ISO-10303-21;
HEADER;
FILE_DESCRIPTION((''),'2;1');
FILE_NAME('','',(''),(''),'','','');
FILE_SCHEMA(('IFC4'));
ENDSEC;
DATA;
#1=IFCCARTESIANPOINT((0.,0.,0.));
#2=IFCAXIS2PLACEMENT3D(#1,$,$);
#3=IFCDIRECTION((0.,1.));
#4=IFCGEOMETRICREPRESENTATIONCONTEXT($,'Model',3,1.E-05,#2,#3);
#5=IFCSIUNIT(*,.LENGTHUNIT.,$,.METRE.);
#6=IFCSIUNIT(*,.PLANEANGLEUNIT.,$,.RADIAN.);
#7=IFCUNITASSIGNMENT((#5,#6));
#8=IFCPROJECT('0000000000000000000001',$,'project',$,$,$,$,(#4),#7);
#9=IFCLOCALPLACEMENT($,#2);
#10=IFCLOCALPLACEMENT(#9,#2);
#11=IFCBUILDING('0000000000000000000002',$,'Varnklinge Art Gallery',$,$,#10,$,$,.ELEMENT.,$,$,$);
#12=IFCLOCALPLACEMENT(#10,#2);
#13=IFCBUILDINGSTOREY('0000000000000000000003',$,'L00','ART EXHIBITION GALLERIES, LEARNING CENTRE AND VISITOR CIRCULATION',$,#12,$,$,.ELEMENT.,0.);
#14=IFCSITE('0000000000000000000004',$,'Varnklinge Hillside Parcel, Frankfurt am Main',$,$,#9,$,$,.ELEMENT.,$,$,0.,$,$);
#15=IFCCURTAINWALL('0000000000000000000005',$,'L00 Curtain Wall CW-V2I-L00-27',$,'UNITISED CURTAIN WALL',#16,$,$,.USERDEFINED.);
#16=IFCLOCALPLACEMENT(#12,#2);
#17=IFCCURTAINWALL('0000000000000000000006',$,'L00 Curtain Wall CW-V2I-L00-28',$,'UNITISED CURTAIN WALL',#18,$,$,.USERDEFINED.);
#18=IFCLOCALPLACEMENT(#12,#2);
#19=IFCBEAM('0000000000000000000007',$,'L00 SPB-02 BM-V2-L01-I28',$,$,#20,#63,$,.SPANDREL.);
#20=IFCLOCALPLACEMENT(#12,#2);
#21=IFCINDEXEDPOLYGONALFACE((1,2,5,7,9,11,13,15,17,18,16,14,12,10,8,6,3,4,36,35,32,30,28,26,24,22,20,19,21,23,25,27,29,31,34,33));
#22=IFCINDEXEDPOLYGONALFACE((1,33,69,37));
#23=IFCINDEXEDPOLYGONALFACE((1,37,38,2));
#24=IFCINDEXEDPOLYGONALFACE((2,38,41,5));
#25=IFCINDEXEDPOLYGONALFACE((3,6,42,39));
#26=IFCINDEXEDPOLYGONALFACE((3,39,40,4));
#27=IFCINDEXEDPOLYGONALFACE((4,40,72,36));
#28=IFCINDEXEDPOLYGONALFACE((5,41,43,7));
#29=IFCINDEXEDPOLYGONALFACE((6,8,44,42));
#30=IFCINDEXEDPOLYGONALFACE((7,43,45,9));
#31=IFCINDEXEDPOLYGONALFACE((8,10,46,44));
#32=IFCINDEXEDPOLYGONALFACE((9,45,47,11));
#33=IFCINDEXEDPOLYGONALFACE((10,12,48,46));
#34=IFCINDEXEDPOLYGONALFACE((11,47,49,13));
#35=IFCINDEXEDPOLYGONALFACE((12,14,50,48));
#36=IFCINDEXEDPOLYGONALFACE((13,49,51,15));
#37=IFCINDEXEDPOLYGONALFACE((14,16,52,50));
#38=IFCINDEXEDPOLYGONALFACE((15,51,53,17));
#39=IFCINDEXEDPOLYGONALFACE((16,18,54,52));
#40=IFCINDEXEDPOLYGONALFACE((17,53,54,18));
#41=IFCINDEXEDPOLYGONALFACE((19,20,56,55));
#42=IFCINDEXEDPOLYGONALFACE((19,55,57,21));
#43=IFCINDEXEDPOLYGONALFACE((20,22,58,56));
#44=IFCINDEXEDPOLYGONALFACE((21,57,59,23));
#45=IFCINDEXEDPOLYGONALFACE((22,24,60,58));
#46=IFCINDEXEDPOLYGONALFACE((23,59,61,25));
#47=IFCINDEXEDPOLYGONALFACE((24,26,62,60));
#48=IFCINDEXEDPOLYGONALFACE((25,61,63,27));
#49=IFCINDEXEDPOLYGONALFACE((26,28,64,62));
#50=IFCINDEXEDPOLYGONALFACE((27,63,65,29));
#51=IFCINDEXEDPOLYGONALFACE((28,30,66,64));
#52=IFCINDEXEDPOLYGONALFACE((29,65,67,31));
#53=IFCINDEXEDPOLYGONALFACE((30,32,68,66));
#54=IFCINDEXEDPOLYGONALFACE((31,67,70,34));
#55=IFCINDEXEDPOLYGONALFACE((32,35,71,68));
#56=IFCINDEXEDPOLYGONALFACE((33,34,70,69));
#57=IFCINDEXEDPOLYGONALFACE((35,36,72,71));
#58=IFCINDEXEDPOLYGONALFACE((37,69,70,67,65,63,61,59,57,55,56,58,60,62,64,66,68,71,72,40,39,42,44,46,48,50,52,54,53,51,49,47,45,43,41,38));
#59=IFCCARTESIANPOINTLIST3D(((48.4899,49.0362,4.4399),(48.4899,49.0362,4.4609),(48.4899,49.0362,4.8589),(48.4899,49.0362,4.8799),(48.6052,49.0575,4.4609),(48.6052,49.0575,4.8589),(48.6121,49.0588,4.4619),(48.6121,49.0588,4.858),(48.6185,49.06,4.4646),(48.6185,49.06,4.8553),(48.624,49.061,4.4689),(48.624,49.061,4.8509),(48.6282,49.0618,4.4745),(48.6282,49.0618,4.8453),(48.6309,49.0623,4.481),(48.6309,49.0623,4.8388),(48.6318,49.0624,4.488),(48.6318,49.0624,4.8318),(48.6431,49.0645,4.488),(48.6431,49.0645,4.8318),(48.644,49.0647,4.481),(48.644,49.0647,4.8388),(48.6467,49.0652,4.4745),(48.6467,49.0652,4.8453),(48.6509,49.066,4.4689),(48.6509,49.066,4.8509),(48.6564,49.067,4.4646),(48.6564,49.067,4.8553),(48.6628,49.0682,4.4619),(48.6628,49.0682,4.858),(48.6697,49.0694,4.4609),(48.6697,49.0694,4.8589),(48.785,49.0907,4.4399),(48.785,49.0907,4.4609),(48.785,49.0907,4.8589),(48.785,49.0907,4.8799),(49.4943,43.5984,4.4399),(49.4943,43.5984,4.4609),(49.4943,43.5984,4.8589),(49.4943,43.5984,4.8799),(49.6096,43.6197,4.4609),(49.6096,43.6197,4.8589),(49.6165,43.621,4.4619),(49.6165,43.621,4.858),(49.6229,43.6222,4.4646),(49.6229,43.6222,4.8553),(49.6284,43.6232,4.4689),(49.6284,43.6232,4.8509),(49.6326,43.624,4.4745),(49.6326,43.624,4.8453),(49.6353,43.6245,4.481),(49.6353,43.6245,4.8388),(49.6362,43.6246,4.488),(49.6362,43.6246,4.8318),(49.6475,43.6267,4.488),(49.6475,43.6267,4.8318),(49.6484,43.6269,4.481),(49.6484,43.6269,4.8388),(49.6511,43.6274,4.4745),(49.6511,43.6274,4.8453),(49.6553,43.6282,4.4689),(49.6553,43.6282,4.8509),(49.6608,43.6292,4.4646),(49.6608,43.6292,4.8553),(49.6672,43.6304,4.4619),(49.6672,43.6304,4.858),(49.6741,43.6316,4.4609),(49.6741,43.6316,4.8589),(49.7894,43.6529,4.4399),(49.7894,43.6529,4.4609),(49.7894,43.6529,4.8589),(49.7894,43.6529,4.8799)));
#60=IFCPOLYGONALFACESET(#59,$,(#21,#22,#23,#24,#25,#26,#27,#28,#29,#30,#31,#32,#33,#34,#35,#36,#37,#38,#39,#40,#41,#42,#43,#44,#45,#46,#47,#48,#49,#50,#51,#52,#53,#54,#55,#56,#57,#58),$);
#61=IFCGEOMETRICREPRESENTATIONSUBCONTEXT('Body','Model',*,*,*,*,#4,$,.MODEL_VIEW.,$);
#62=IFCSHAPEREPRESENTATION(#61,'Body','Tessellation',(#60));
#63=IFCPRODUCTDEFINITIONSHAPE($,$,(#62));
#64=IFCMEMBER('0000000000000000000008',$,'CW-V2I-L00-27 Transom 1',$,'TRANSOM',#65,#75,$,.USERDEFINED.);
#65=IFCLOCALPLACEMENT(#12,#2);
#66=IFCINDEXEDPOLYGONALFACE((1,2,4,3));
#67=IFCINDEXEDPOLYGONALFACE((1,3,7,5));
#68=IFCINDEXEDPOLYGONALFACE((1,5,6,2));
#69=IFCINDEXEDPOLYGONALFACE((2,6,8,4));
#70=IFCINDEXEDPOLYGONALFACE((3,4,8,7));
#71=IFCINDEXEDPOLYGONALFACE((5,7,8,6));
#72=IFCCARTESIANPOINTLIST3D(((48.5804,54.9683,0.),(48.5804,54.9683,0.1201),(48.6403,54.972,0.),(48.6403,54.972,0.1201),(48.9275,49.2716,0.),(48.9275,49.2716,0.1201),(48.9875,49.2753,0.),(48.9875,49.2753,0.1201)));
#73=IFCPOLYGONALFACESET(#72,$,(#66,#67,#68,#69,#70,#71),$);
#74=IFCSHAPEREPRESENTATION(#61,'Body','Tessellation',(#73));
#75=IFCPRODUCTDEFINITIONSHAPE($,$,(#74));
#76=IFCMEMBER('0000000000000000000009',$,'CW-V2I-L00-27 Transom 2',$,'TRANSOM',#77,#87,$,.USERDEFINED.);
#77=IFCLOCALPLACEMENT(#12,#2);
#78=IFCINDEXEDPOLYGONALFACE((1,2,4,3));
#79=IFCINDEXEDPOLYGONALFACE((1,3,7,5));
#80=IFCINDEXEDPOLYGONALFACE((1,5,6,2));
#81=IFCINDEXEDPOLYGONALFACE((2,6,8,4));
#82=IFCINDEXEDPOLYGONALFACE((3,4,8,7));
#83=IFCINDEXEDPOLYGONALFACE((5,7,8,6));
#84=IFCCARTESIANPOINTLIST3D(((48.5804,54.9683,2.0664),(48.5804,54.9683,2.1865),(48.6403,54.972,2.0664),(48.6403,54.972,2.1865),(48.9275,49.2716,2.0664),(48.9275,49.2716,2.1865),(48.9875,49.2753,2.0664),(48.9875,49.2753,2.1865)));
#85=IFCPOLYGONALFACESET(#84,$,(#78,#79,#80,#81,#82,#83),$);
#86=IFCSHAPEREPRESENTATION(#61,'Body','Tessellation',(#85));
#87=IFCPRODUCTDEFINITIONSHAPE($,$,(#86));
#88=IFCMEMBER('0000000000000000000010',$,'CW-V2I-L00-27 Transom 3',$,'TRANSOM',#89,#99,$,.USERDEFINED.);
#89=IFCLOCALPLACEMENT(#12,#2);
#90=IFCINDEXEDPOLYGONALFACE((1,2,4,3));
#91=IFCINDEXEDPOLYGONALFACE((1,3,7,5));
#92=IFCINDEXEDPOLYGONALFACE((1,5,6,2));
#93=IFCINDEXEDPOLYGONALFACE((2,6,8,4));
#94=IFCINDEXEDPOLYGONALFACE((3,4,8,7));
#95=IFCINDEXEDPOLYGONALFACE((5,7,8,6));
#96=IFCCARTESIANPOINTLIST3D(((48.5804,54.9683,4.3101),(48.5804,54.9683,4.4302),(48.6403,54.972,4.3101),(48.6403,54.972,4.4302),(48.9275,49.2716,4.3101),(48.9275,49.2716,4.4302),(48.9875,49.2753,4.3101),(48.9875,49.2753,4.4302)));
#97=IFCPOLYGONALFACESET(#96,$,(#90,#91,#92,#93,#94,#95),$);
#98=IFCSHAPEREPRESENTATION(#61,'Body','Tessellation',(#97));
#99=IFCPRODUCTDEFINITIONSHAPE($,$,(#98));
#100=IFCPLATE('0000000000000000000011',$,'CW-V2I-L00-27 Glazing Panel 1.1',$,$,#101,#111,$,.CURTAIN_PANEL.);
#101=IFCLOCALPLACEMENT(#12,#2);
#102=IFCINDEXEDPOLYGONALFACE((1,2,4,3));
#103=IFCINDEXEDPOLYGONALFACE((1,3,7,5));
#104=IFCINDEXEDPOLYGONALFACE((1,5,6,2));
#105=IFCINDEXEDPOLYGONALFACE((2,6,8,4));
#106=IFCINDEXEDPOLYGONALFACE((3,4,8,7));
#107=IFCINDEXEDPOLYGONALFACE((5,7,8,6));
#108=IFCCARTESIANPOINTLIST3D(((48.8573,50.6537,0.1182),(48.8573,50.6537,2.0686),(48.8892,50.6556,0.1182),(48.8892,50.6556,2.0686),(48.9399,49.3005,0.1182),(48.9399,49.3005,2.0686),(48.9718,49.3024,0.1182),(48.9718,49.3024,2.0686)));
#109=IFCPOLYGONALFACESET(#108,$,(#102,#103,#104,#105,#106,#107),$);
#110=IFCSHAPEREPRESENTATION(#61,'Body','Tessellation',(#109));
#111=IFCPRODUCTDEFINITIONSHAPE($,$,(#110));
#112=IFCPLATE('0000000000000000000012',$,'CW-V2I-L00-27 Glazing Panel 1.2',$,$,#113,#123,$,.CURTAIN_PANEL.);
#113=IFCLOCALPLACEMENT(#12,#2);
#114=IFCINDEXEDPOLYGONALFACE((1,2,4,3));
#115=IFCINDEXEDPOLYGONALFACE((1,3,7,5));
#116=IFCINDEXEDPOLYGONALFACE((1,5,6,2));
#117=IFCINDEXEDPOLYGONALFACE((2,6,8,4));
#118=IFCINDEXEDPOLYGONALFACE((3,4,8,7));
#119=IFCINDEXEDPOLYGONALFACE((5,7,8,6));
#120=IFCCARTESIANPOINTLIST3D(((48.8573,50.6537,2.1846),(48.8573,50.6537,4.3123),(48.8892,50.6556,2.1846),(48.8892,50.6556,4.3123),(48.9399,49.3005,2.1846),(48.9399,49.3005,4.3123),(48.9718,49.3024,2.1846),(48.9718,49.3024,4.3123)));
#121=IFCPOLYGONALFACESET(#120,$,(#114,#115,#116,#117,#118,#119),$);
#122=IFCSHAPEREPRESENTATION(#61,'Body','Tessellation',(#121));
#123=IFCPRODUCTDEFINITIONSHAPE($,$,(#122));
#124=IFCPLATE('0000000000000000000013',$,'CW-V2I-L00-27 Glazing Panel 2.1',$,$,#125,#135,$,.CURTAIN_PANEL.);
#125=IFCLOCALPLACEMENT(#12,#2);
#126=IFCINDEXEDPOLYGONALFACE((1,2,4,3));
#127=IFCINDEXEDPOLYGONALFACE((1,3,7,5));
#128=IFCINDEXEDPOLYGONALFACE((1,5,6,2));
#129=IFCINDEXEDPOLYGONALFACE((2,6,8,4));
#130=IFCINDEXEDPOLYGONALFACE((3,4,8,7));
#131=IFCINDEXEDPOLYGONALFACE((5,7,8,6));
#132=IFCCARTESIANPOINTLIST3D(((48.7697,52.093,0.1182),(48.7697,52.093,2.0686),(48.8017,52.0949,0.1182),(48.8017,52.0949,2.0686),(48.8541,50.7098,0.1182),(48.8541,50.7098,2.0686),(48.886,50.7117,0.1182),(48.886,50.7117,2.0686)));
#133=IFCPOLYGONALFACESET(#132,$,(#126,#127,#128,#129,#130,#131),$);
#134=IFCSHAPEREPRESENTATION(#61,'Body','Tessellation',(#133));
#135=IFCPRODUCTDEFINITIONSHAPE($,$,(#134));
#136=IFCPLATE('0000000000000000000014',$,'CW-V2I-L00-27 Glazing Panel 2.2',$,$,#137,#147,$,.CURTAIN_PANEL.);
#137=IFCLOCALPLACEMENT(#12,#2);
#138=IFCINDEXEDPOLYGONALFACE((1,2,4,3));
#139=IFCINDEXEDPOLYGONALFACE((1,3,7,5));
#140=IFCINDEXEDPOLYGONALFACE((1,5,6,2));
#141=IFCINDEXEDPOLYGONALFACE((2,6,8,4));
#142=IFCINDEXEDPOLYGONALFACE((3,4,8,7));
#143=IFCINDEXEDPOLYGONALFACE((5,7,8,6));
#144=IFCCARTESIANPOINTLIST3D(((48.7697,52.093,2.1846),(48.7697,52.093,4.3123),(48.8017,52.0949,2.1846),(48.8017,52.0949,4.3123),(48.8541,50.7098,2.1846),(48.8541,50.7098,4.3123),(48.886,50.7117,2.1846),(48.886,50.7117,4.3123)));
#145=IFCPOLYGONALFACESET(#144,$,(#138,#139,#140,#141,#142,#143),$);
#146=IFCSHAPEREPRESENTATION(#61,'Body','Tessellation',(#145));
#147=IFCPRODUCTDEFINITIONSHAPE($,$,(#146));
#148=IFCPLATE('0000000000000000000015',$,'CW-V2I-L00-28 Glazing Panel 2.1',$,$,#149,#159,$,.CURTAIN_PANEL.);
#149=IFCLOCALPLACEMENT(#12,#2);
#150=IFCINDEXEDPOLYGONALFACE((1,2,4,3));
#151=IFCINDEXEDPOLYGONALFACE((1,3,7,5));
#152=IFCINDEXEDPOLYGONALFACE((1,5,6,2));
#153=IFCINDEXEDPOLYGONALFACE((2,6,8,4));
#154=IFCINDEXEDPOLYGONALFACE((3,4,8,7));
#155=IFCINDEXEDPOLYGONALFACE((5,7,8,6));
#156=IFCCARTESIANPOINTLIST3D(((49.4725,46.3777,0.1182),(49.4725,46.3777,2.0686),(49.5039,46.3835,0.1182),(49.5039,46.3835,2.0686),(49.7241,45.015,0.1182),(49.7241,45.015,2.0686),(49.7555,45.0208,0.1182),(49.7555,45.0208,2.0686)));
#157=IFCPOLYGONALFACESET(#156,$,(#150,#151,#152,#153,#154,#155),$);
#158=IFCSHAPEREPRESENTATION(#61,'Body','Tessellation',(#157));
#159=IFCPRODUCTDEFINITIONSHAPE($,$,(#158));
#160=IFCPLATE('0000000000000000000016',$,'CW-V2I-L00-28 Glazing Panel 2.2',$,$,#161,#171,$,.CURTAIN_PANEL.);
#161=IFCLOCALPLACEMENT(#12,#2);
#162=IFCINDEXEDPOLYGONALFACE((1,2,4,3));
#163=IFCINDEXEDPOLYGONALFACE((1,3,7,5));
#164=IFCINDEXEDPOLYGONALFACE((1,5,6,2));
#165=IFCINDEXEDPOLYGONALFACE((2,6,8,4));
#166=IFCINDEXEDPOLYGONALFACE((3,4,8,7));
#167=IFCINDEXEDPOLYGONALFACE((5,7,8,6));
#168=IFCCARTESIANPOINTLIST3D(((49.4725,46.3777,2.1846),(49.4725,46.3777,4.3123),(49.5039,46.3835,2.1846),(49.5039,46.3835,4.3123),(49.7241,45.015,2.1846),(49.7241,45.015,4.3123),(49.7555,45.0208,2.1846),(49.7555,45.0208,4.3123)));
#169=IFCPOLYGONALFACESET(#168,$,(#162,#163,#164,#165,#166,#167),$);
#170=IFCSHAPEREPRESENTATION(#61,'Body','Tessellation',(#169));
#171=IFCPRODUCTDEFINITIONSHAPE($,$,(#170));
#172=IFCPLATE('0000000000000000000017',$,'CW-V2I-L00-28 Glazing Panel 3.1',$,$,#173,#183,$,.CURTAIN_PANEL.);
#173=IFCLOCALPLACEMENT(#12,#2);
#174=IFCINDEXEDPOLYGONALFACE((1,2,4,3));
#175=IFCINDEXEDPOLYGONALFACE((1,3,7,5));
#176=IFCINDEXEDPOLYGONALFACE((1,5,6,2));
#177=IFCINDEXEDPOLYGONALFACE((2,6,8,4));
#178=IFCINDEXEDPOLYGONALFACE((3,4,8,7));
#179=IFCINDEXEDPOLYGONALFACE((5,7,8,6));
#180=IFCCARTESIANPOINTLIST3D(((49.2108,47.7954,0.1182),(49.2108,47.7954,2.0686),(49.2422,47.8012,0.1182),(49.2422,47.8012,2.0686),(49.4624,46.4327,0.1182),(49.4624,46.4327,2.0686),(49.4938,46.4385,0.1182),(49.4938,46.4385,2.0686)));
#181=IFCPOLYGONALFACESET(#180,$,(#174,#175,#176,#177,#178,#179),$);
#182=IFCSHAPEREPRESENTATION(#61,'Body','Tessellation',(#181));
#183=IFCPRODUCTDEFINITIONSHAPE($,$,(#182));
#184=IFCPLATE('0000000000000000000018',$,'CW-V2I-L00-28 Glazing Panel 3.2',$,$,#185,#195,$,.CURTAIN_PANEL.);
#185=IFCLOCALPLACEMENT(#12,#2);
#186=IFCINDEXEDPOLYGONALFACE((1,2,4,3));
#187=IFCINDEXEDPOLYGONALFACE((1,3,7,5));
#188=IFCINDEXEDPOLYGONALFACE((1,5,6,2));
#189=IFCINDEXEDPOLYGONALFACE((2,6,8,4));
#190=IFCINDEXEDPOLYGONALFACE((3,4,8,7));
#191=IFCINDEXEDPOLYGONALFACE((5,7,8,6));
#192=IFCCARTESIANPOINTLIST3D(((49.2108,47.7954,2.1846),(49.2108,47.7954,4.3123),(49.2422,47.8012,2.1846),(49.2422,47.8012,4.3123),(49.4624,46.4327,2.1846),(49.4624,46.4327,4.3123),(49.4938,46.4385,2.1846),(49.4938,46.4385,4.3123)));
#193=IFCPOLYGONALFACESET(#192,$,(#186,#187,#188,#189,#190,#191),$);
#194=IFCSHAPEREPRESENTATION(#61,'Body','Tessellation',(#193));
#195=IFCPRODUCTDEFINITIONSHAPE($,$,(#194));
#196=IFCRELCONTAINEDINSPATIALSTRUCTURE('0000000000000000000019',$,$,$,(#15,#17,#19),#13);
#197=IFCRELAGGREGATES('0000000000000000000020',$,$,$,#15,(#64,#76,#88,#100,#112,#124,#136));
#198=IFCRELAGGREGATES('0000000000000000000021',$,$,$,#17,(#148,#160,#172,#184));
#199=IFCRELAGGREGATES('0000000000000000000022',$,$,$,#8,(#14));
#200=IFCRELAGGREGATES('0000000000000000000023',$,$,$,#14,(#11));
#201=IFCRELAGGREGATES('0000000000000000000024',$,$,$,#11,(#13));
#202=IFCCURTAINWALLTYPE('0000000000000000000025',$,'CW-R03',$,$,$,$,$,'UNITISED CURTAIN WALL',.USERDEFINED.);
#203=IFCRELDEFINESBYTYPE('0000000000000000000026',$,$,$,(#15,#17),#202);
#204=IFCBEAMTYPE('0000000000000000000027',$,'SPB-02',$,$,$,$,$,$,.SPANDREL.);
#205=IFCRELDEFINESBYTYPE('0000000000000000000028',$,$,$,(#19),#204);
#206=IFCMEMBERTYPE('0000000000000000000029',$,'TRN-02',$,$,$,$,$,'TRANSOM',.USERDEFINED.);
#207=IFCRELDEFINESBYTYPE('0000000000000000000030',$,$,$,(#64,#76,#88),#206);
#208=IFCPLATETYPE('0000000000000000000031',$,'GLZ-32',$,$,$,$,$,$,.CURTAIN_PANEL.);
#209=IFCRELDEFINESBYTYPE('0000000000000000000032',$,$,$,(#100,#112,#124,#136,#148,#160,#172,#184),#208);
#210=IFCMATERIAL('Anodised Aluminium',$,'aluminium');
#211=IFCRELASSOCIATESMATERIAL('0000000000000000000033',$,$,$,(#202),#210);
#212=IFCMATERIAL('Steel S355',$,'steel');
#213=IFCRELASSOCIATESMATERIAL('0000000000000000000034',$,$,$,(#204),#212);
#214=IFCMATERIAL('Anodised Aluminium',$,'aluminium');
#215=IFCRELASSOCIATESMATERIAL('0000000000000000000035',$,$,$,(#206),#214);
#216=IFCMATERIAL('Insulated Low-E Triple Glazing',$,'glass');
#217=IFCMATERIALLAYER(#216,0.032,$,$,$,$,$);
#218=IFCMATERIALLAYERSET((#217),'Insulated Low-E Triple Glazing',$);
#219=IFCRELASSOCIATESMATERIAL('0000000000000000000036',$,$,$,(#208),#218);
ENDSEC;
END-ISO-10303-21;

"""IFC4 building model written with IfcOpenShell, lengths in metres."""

from ifc_helpers import new_model, si_unit, direction, frame, origin, origin_2d, place, context, subcontext, project, spatial, rectangle, i_section, extrude, material, layer, layer_set, material_profile, profile_set, type_object, element, aggregate, save


model = new_model("IFC4")

# Units and contexts
model_context = context("Model", 3, precision=1e-05, world=origin(), true_north=direction((0.0, 1.0)))
body_context = subcontext(model_context, "Body", "Model", "MODEL_VIEW")
ifc_project = project(units=[si_unit("LENGTHUNIT", "METRE"), si_unit("PLANEANGLEUNIT", "RADIAN")], contexts=[model_context])

# Site, building, storey
site_placement = place(None, origin())
site = spatial("IfcSite", under=ifc_project, at=site_placement, Name="Varnklinge Hillside Parcel, Frankfurt am Main", CompositionType="ELEMENT", RefElevation=0.0)
building_placement = place(site_placement, origin())
building = spatial("IfcBuilding", under=site, at=building_placement, Name="Varnklinge Art Gallery", CompositionType="ELEMENT")
storey_placement = place(building_placement, origin())
storey = spatial("IfcBuildingStorey", under=building, at=storey_placement, Name="L00", Description="ART EXHIBITION GALLERIES, LEARNING CENTRE AND VISITOR CIRCULATION", CompositionType="ELEMENT", Elevation=0.0)

# Curtain walls
ifc_material_1 = material(Name="Anodised Aluminium", Category="aluminium")
curtain_wall_type = type_object("IfcCurtainWallType", Name="CW-R03", ElementType="UNITISED CURTAIN WALL", PredefinedType="USERDEFINED", material=ifc_material_1)
curtain_wall_1_placement = place(storey_placement, origin())
curtain_wall_1 = element("IfcCurtainWall", 1, at=curtain_wall_1_placement, inside=storey, type_object=curtain_wall_type, Name="L00 Curtain Wall CW-V2I-L00-27", ObjectType="UNITISED CURTAIN WALL", PredefinedType="USERDEFINED")
curtain_wall_2_placement = place(storey_placement, origin())
curtain_wall_2 = element("IfcCurtainWall", 2, at=curtain_wall_2_placement, inside=storey, type_object=curtain_wall_type, Name="L00 Curtain Wall CW-V2I-L00-28", ObjectType="UNITISED CURTAIN WALL", PredefinedType="USERDEFINED")

# Beam
ifc_material_2 = material(Name="Steel S355", Category="steel")
ifc_material_profile_1 = material_profile(ifc_material_2, i_section(OverallWidth=0.3, OverallDepth=0.4399, WebThickness=0.0115, FlangeThickness=0.021, FilletRadius=0.0271, at=origin_2d()), Name="HEA 450")
ifc_profile_set_1 = profile_set([ifc_material_profile_1], Name="Steel S355")
beam_type = type_object("IfcBeamType", Name="SPB-02", PredefinedType="SPANDREL", material=ifc_profile_set_1)
beam_placement = place(storey_placement, frame((48.6375, 49.0635, 4.6599), z_axis=(0.181635, -0.983366, 0.0), x_axis=(0.983366, 0.181635, 0.0)))
element("IfcBeam", 3, at=beam_placement, inside=storey, type_object=beam_type, Name="L00 SPB-02 BM-V2-L01-I28", PredefinedType="SPANDREL", context=body_context, shape_type="SweptSolid", body=[
    extrude(i_section(OverallWidth=0.3, OverallDepth=0.4399, WebThickness=0.0115, FlangeThickness=0.021, FilletRadius=0.0271, at=origin_2d()), origin(), (0.0, 0.0, 1.0), 5.5298),
])

# Members
ifc_material_3 = material(Name="Anodised Aluminium", Category="aluminium")
ifc_material_profile_2 = material_profile(ifc_material_3, rectangle(XDim=0.0601, YDim=0.1201, at=origin_2d()), Name="ALU 60x120")
ifc_profile_set_2 = profile_set([ifc_material_profile_2], Name="Anodised Aluminium")
member_type_1 = type_object("IfcMemberType", Name="TRN-02", ElementType="TRANSOM", PredefinedType="USERDEFINED", material=ifc_profile_set_2)
member_1_placement = place(storey_placement, frame((48.9575, 49.2734, 0.0601), z_axis=(-0.060828, 0.998148, 0.0), x_axis=(-0.998148, -0.060828, 0.0)))
member_1 = element("IfcMember", 4, at=member_1_placement, type_object=member_type_1, Name="CW-V2I-L00-27 Transom 1", ObjectType="TRANSOM", PredefinedType="USERDEFINED", context=body_context, shape_type="SweptSolid", body=[
    extrude(rectangle(XDim=0.0601, YDim=0.1201, at=origin_2d()), origin(), (0.0, 0.0, 1.0), 5.7073),
])
member_2_placement = place(storey_placement, frame((48.9575, 49.2734, 2.1265), z_axis=(-0.060828, 0.998148, 0.0), x_axis=(-0.998148, -0.060828, 0.0)))
member_2 = element("IfcMember", 5, at=member_2_placement, type_object=member_type_1, Name="CW-V2I-L00-27 Transom 2", ObjectType="TRANSOM", PredefinedType="USERDEFINED", context=body_context, shape_type="SweptSolid", body=[
    extrude(rectangle(XDim=0.0601, YDim=0.1201, at=origin_2d()), origin(), (0.0, 0.0, 1.0), 5.7073),
])
member_3_placement = place(storey_placement, frame((48.9575, 49.2734, 4.3701), z_axis=(-0.060828, 0.998148, 0.0), x_axis=(-0.998148, -0.060828, 0.0)))
member_3 = element("IfcMember", 6, at=member_3_placement, type_object=member_type_1, Name="CW-V2I-L00-27 Transom 3", ObjectType="TRANSOM", PredefinedType="USERDEFINED", context=body_context, shape_type="SweptSolid", body=[
    extrude(rectangle(XDim=0.0601, YDim=0.1201, at=origin_2d()), origin(), (0.0, 0.0, 1.0), 5.7073),
])

# Plates
ifc_material_4 = material(Name="Insulated Low-E Triple Glazing", Category="glass")
ifc_layer = layer(ifc_material_4, 0.032)
ifc_layer_set = layer_set([ifc_layer], Name="Insulated Low-E Triple Glazing")
plate_type = type_object("IfcPlateType", Name="GLZ-32", PredefinedType="CURTAIN_PANEL", material=ifc_layer_set)
plate_1_placement = place(storey_placement, frame((48.9146, 49.978, 0.1182), z_axis=(0.0, 0.0, 1.0), x_axis=(-0.060874, 0.998145, 0.0)))
plate_1 = element("IfcPlate", 7, at=plate_1_placement, type_object=plate_type, Name="CW-V2I-L00-27 Glazing Panel 1.1", PredefinedType="CURTAIN_PANEL", context=body_context, shape_type="SweptSolid", body=[
    extrude(rectangle(XDim=1.3557, YDim=0.032, at=origin_2d()), origin(), (0.0, 0.0, 1.0), 1.9504),
])
plate_2_placement = place(storey_placement, frame((48.9146, 49.978, 2.1846), z_axis=(0.0, 0.0, 1.0), x_axis=(-0.060874, 0.998145, 0.0)))
plate_2 = element("IfcPlate", 8, at=plate_2_placement, type_object=plate_type, Name="CW-V2I-L00-27 Glazing Panel 1.2", PredefinedType="CURTAIN_PANEL", context=body_context, shape_type="SweptSolid", body=[
    extrude(rectangle(XDim=1.3557, YDim=0.032, at=origin_2d()), origin(), (0.0, 0.0, 1.0), 2.1277),
])
plate_3_placement = place(storey_placement, frame((48.8279, 51.4023, 0.1182), z_axis=(0.0, 0.0, 1.0), x_axis=(-0.060874, 0.998145, 0.0)))
plate_3 = element("IfcPlate", 9, at=plate_3_placement, type_object=plate_type, Name="CW-V2I-L00-27 Glazing Panel 2.1", PredefinedType="CURTAIN_PANEL", context=body_context, shape_type="SweptSolid", body=[
    extrude(rectangle(XDim=1.3857, YDim=0.032, at=origin_2d()), origin(), (0.0, 0.0, 1.0), 1.9504),
])
plate_4_placement = place(storey_placement, frame((48.8279, 51.4023, 2.1846), z_axis=(0.0, 0.0, 1.0), x_axis=(-0.060874, 0.998145, 0.0)))
plate_4 = element("IfcPlate", 10, at=plate_4_placement, type_object=plate_type, Name="CW-V2I-L00-27 Glazing Panel 2.2", PredefinedType="CURTAIN_PANEL", context=body_context, shape_type="SweptSolid", body=[
    extrude(rectangle(XDim=1.3857, YDim=0.032, at=origin_2d()), origin(), (0.0, 0.0, 1.0), 2.1277),
])
aggregate(curtain_wall_1, [member_1, member_2, member_3, plate_1, plate_2, plate_3, plate_4])
plate_5_placement = place(storey_placement, frame((49.614, 45.6992, 0.1182), z_axis=(0.0, 0.0, 1.0), x_axis=(-0.181549, 0.983382, 0.0)))
plate_5 = element("IfcPlate", 11, at=plate_5_placement, type_object=plate_type, Name="CW-V2I-L00-28 Glazing Panel 2.1", PredefinedType="CURTAIN_PANEL", context=body_context, shape_type="SweptSolid", body=[
    extrude(rectangle(XDim=1.3857, YDim=0.032, at=origin_2d()), origin(), (0.0, 0.0, 1.0), 1.9504),
])
plate_6_placement = place(storey_placement, frame((49.614, 45.6992, 2.1846), z_axis=(0.0, 0.0, 1.0), x_axis=(-0.181549, 0.983382, 0.0)))
plate_6 = element("IfcPlate", 12, at=plate_6_placement, type_object=plate_type, Name="CW-V2I-L00-28 Glazing Panel 2.2", PredefinedType="CURTAIN_PANEL", context=body_context, shape_type="SweptSolid", body=[
    extrude(rectangle(XDim=1.3857, YDim=0.032, at=origin_2d()), origin(), (0.0, 0.0, 1.0), 2.1277),
])
plate_7_placement = place(storey_placement, frame((49.3523, 47.1169, 0.1182), z_axis=(0.0, 0.0, 1.0), x_axis=(-0.181549, 0.983382, 0.0)))
plate_7 = element("IfcPlate", 13, at=plate_7_placement, type_object=plate_type, Name="CW-V2I-L00-28 Glazing Panel 3.1", PredefinedType="CURTAIN_PANEL", context=body_context, shape_type="SweptSolid", body=[
    extrude(rectangle(XDim=1.3857, YDim=0.032, at=origin_2d()), origin(), (0.0, 0.0, 1.0), 1.9504),
])
plate_8_placement = place(storey_placement, frame((49.3523, 47.1169, 2.1846), z_axis=(0.0, 0.0, 1.0), x_axis=(-0.181549, 0.983382, 0.0)))
plate_8 = element("IfcPlate", 14, at=plate_8_placement, type_object=plate_type, Name="CW-V2I-L00-28 Glazing Panel 3.2", PredefinedType="CURTAIN_PANEL", context=body_context, shape_type="SweptSolid", body=[
    extrude(rectangle(XDim=1.3857, YDim=0.032, at=origin_2d()), origin(), (0.0, 0.0, 1.0), 2.1277),
])
aggregate(curtain_wall_2, [plate_5, plate_6, plate_7, plate_8])

save(model, "model.ifc")
